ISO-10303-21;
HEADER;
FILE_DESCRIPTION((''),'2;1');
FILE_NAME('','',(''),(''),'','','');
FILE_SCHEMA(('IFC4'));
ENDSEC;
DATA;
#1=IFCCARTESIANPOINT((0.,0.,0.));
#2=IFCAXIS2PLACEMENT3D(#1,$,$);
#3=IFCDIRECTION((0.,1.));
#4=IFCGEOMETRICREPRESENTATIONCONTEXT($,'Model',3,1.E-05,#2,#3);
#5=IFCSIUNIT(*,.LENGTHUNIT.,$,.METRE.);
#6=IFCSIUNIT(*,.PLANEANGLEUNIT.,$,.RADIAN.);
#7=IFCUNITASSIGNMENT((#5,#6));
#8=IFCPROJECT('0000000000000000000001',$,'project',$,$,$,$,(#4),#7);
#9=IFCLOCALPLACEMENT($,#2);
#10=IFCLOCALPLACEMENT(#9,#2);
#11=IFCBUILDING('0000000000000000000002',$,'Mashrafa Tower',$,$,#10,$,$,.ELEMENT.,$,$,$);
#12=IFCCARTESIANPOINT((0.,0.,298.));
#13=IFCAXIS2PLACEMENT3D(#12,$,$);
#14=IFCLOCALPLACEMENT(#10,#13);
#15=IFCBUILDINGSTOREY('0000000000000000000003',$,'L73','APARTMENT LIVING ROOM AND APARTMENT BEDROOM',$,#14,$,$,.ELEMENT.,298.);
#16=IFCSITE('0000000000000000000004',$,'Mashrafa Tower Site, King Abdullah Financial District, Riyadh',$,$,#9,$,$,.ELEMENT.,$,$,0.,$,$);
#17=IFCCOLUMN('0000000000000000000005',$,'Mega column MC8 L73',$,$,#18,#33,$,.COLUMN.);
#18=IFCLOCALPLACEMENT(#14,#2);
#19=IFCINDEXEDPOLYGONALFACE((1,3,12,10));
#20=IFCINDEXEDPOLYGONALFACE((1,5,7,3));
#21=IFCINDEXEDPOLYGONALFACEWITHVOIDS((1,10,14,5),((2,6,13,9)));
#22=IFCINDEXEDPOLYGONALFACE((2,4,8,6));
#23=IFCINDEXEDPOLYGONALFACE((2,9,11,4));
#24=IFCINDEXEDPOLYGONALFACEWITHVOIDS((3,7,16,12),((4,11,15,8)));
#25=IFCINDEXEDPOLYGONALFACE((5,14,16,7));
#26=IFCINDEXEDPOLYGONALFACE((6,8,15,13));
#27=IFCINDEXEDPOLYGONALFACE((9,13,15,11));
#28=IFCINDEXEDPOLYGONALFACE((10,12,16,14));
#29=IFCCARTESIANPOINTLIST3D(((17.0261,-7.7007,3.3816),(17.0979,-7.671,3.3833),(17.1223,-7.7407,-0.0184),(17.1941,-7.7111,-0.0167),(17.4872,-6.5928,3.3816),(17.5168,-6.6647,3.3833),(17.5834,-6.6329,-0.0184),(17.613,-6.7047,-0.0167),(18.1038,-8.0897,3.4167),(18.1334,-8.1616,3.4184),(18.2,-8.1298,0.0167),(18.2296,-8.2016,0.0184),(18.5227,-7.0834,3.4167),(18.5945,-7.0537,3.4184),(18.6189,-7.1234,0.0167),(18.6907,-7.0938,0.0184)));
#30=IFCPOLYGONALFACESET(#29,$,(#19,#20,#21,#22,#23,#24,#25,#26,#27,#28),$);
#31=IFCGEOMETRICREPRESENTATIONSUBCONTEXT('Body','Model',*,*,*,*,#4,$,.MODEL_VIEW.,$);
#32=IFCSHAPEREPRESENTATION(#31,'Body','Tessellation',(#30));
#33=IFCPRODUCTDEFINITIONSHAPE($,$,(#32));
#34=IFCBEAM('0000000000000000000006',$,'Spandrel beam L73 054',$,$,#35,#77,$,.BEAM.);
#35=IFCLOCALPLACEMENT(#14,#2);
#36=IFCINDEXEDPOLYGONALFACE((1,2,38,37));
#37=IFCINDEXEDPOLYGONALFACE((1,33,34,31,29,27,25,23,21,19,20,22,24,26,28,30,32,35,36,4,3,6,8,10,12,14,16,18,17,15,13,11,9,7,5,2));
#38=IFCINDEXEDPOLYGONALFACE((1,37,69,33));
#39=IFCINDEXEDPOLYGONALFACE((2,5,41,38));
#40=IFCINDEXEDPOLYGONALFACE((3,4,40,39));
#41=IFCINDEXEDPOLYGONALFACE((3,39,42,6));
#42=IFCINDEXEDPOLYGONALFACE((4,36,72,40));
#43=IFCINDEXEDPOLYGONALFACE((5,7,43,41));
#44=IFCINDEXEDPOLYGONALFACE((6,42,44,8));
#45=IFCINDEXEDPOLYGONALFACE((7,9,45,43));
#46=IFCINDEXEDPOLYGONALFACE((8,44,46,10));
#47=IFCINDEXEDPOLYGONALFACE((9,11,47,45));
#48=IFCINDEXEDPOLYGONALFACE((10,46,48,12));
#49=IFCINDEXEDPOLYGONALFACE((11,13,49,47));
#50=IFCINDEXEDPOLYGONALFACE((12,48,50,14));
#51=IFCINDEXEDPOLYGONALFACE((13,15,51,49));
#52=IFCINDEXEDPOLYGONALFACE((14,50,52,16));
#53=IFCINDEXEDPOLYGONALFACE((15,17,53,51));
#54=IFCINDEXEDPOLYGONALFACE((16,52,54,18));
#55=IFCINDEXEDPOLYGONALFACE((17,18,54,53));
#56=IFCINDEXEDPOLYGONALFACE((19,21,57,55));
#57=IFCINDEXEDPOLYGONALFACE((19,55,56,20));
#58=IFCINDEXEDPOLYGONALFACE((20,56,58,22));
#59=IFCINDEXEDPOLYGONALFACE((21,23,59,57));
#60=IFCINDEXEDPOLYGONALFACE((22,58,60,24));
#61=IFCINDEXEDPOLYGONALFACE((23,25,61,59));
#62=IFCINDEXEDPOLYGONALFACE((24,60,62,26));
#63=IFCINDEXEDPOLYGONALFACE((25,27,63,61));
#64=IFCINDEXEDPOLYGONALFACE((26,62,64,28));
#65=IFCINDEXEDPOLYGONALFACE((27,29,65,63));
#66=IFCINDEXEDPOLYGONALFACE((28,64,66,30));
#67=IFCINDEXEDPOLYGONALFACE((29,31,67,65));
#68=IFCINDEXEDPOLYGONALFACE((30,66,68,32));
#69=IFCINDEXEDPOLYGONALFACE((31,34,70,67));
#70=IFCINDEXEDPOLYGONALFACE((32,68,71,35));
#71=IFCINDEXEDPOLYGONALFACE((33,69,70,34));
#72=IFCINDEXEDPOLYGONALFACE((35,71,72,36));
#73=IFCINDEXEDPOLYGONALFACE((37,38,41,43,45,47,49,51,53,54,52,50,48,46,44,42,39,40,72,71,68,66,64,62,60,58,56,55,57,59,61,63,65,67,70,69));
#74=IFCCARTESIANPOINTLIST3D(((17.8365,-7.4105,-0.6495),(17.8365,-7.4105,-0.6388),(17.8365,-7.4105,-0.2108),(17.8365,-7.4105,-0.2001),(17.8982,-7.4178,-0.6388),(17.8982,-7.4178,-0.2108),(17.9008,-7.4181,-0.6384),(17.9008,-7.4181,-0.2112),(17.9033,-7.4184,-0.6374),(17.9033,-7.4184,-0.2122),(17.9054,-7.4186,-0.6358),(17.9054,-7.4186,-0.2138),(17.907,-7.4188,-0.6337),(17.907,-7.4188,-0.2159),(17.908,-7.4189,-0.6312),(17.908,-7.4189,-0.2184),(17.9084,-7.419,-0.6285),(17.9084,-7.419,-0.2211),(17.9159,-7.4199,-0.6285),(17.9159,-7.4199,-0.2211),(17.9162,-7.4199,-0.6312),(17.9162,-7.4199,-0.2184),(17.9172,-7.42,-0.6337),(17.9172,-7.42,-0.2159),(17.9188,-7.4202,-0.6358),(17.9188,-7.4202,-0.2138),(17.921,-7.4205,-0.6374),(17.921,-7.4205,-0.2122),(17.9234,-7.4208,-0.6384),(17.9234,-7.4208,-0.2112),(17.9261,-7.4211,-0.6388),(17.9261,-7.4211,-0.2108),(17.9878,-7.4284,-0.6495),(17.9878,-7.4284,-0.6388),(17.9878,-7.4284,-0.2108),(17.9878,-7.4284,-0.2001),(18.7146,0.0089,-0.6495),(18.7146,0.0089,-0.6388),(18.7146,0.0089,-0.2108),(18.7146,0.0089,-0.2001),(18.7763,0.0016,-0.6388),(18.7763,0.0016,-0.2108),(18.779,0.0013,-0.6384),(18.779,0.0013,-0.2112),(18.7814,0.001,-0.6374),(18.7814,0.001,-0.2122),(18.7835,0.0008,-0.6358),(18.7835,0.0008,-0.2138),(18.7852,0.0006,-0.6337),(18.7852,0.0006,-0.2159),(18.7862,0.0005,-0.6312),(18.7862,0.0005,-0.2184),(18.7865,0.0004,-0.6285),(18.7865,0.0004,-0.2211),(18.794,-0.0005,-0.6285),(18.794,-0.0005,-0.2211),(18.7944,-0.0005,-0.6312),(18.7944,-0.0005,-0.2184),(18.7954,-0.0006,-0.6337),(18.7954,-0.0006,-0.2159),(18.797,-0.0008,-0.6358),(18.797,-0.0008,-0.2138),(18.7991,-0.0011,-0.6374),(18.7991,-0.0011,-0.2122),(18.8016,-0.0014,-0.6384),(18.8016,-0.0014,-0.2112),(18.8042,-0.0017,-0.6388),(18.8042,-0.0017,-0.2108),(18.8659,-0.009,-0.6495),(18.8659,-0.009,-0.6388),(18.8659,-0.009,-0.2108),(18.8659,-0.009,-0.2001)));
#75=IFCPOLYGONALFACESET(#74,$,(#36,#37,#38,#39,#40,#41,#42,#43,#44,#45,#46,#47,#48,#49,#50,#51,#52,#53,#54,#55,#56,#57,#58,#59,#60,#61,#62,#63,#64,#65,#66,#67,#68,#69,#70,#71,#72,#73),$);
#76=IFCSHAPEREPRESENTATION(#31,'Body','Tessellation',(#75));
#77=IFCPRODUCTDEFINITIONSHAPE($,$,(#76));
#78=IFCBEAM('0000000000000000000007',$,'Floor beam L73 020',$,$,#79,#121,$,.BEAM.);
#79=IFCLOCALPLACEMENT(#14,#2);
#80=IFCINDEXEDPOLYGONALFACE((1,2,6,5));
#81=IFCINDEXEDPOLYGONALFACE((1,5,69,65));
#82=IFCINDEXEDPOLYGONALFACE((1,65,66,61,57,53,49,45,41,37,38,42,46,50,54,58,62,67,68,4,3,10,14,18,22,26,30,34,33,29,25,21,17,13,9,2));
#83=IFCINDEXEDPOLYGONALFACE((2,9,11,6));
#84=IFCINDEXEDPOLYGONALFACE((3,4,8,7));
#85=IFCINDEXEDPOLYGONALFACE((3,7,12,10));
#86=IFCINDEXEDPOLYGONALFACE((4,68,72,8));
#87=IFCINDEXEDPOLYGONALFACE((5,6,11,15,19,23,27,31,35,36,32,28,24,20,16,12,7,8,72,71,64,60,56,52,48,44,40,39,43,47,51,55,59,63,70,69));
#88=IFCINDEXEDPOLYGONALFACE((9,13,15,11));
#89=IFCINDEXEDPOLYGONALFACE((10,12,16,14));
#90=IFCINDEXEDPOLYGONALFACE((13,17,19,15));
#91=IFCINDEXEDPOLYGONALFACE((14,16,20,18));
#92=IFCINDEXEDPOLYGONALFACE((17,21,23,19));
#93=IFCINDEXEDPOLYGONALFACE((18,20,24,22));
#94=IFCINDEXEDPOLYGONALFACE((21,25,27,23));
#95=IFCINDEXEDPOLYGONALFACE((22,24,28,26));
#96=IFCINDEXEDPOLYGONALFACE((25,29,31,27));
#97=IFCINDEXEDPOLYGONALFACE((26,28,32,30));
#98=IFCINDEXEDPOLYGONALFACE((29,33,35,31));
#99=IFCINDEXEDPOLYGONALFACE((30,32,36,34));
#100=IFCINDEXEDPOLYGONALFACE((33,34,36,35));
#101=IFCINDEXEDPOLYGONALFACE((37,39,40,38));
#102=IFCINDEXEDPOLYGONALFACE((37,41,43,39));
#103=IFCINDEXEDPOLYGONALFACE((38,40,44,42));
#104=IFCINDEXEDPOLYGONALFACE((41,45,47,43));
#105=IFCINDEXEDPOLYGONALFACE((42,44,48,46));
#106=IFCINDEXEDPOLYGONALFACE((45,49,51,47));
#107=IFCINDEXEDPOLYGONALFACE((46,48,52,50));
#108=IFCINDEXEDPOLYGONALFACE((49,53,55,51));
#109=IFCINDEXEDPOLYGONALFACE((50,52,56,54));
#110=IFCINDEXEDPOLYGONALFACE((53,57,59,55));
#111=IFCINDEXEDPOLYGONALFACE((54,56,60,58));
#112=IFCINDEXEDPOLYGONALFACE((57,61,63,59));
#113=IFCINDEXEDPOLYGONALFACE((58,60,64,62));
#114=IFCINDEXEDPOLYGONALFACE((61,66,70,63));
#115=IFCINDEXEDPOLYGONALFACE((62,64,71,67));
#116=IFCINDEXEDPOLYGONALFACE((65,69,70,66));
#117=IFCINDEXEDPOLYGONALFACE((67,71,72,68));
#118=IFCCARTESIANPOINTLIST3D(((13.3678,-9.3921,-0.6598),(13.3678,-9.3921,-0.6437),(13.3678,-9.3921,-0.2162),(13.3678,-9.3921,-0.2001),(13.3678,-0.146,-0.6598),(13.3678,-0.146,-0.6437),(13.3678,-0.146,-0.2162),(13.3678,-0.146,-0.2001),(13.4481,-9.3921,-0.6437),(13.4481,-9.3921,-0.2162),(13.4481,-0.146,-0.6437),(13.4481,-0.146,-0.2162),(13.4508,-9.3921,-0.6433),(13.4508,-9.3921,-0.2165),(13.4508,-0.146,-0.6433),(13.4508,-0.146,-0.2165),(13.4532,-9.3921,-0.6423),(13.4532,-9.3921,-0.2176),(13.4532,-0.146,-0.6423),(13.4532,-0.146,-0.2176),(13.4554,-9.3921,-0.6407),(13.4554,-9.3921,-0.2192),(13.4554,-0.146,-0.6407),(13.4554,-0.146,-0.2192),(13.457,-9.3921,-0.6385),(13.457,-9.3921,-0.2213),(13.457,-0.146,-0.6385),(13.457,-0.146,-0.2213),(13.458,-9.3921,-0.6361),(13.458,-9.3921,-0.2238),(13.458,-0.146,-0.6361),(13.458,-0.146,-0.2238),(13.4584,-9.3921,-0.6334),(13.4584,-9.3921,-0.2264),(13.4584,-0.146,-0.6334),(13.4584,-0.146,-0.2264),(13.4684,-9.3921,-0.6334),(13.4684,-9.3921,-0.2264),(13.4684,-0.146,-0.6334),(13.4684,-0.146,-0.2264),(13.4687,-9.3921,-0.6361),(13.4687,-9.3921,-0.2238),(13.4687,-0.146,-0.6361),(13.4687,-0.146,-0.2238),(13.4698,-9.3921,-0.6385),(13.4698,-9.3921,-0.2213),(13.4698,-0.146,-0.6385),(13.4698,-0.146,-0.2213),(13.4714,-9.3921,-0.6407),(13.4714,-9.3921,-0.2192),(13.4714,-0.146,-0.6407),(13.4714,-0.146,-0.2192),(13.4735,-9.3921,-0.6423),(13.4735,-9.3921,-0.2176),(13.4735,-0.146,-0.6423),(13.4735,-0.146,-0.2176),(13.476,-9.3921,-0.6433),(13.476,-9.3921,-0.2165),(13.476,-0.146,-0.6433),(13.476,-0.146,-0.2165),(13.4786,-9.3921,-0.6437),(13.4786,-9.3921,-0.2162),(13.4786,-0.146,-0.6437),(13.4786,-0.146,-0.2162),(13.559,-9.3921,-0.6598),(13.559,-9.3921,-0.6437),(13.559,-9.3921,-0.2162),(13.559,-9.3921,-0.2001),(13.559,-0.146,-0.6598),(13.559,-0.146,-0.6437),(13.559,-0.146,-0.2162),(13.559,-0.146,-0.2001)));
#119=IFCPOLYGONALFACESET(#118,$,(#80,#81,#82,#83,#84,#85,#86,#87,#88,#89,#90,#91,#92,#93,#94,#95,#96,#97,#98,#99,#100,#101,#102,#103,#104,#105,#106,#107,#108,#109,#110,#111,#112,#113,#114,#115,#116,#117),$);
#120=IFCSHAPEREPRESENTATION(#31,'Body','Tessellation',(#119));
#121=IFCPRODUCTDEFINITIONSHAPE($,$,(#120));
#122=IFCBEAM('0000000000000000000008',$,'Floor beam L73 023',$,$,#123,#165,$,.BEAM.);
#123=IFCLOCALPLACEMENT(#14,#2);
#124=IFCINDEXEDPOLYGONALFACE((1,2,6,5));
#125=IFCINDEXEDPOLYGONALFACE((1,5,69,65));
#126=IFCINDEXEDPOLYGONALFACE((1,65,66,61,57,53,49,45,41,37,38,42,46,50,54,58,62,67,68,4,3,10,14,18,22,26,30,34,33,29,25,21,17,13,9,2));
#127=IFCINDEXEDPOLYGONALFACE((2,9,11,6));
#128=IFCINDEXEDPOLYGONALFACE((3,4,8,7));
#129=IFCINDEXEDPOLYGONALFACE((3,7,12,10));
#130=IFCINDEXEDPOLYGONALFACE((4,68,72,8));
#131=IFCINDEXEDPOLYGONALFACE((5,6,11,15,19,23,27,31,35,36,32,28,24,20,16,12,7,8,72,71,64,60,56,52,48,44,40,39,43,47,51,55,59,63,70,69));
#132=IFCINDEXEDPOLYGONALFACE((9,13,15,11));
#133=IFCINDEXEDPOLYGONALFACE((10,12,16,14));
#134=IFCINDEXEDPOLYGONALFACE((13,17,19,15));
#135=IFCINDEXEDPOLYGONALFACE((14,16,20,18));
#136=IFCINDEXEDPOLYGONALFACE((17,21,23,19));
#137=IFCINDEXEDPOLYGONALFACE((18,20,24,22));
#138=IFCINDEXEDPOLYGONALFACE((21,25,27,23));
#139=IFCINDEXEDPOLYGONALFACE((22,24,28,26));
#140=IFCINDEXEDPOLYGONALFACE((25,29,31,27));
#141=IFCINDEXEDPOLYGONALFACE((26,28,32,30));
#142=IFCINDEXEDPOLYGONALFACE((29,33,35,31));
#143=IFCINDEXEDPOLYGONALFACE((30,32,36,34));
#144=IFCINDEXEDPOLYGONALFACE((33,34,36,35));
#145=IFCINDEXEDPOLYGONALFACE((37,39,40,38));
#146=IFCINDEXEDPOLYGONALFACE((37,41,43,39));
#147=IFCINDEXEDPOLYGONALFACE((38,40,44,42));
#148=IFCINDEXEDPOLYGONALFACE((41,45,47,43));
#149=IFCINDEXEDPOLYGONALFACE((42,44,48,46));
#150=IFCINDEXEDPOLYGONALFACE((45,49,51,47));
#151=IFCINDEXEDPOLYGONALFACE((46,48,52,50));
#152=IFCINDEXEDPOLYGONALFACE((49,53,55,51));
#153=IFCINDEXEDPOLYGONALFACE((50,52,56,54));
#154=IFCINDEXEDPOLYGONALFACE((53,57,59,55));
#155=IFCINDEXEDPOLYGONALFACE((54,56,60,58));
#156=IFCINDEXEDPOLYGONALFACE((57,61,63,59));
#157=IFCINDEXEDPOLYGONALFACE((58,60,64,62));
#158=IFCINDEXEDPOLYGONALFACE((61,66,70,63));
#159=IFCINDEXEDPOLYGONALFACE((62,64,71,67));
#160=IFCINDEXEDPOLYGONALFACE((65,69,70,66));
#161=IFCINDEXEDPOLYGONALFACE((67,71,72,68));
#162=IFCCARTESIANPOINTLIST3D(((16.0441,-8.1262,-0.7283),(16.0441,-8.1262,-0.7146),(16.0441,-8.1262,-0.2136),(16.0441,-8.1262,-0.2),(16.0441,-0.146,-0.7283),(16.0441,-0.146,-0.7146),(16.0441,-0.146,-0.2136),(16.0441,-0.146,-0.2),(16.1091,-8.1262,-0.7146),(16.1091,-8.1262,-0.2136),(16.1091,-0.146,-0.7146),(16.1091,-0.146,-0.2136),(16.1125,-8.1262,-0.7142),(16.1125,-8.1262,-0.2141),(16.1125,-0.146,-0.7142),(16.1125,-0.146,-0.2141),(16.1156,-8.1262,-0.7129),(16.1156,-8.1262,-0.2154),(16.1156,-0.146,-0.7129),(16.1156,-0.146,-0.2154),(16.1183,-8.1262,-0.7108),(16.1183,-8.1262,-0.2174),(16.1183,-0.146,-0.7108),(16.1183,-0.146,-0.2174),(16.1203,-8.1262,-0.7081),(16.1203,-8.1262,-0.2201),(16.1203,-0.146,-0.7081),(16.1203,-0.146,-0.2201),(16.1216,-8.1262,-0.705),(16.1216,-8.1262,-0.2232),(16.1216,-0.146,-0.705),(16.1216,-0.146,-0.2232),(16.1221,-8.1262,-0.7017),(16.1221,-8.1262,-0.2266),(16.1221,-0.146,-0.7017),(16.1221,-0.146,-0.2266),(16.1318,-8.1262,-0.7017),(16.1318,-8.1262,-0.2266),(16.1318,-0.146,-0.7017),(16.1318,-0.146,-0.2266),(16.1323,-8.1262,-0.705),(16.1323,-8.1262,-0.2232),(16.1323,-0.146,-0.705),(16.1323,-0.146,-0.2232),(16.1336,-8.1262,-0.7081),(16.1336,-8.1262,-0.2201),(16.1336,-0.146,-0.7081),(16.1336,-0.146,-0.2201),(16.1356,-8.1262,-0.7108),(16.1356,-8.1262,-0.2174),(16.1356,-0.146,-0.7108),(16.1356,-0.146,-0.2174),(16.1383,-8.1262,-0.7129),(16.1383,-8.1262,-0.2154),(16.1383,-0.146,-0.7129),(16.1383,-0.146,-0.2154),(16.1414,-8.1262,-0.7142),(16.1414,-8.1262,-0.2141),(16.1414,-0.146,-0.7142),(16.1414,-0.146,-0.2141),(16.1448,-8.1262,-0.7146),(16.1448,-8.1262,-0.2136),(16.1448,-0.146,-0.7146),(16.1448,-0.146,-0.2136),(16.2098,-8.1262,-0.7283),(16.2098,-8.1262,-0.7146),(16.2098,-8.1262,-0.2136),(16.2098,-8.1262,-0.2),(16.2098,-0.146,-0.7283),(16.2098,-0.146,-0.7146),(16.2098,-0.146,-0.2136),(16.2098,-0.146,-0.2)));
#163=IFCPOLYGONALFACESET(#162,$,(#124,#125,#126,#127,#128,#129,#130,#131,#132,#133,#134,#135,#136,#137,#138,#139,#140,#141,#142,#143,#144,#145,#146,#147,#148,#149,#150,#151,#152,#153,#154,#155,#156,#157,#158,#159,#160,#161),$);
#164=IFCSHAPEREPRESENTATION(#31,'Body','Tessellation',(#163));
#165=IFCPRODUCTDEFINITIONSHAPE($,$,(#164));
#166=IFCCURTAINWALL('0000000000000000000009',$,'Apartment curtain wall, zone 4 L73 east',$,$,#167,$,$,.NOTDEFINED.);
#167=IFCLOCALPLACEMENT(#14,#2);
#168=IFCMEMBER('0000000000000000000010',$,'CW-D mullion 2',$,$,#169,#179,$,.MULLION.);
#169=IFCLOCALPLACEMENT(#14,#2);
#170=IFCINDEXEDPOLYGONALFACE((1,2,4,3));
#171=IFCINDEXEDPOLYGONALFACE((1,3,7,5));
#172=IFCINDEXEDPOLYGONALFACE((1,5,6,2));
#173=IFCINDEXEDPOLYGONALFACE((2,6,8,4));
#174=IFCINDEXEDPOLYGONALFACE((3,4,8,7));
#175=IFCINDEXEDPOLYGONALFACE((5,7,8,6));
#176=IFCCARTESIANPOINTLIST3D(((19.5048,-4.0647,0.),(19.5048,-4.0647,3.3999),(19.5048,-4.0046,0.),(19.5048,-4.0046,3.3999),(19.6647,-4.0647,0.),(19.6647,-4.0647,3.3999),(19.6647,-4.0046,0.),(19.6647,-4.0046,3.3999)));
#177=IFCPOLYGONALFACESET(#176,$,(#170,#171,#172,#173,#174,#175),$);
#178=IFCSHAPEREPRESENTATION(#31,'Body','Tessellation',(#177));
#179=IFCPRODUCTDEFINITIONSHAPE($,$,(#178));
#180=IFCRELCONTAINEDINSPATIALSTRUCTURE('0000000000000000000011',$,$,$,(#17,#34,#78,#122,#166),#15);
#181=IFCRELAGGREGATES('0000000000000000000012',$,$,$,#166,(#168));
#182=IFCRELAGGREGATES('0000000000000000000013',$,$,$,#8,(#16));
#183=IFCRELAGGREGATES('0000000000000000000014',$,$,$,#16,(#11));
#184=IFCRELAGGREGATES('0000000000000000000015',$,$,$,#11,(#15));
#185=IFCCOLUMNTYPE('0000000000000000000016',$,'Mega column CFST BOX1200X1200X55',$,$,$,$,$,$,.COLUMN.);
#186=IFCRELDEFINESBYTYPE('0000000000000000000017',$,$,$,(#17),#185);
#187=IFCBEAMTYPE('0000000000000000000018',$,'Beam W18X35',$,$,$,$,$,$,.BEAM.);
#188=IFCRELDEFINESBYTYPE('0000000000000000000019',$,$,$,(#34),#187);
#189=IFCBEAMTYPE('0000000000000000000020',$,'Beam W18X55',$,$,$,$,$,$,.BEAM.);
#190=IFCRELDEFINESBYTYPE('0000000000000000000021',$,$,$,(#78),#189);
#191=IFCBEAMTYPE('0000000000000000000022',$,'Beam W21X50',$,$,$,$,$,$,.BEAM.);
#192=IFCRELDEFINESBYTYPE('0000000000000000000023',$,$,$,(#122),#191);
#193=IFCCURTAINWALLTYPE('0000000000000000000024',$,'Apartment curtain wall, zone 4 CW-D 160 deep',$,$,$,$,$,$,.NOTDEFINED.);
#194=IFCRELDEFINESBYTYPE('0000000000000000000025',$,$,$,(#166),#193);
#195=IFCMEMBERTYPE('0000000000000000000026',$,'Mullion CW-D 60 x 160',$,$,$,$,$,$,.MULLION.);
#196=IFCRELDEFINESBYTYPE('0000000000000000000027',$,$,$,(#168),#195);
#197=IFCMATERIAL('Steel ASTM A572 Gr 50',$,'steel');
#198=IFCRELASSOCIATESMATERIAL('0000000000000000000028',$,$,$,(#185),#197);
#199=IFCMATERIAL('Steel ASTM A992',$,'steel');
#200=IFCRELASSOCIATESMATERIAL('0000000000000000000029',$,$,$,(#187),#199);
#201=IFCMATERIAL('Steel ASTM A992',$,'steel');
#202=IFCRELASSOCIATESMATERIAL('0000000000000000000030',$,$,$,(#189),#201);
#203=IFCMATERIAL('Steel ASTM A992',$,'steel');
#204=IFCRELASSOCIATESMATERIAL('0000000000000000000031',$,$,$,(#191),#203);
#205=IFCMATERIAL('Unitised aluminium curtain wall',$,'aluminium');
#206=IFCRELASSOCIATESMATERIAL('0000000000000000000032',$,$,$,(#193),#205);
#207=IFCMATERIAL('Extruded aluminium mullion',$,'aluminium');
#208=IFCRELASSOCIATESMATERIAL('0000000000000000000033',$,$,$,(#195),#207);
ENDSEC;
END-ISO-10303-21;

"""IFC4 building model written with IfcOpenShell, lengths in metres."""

from ifc_helpers import new_model, si_unit, direction, frame, origin, origin_2d, place, context, subcontext, project, spatial, rectangle, hollow_rectangle, i_section, extrude, source, transform, mapped, material, material_profile, profile_set, type_object, type_shapes, element, aggregate, save


model = new_model("IFC4")

# Units and contexts
model_context = context("Model", 3, precision=1e-05, world=origin(), true_north=direction((0.0, 1.0)))
body_context = subcontext(model_context, "Body", "Model", "MODEL_VIEW")
ifc_project = project(units=[si_unit("LENGTHUNIT", "METRE"), si_unit("PLANEANGLEUNIT", "RADIAN")], contexts=[model_context])

# Site, building, storey
site_placement = place(None, origin())
site = spatial("IfcSite", under=ifc_project, at=site_placement, Name="Mashrafa Tower Site, King Abdullah Financial District, Riyadh", CompositionType="ELEMENT", RefElevation=0.0)
building_placement = place(site_placement, origin())
building = spatial("IfcBuilding", under=site, at=building_placement, Name="Mashrafa Tower", CompositionType="ELEMENT")
storey_placement = place(building_placement, frame((0.0, 0.0, 298.0)))
storey = spatial("IfcBuildingStorey", under=building, at=storey_placement, Name="L73", Description="APARTMENT LIVING ROOM AND APARTMENT BEDROOM", CompositionType="ELEMENT", Elevation=298.0)

# Column
ifc_material_1 = material(Name="Steel ASTM A572 Gr 50", Category="steel")
ifc_material_profile_1 = material_profile(ifc_material_1, hollow_rectangle(XDim=1.2, YDim=1.2, WallThickness=0.0549, at=origin_2d()), Name="BOX1200X1200X55")
ifc_profile_set_1 = profile_set([ifc_material_profile_1], Name="Steel ASTM A572 Gr 50")
column_type = type_object("IfcColumnType", Name="Mega column CFST BOX1200X1200X55", PredefinedType="COLUMN", material=ifc_profile_set_1)
column_placement = place(storey_placement, frame((17.9065, -7.4172, 0.0), z_axis=(-0.028279, 0.011771, 0.999531), x_axis=(-0.384283, -0.923216, 0.0)))
element("IfcColumn", 1, at=column_placement, inside=storey, type_object=column_type, Name="Mega column MC8 L73", PredefinedType="COLUMN", context=body_context, shape_type="SweptSolid", body=[
    extrude(hollow_rectangle(XDim=1.2, YDim=1.2, WallThickness=0.0549, at=origin_2d()), origin(), (0.0, 0.0, 1.0), 3.4016),
])

# Beams
ifc_material_2 = material(Name="Steel ASTM A992", Category="steel")
ifc_material_profile_2 = material_profile(ifc_material_2, i_section(OverallWidth=0.1523, OverallDepth=0.4495, WebThickness=0.0076, FlangeThickness=0.0107, FilletRadius=0.0103, at=origin_2d()), Name="W18X35")
ifc_profile_set_2 = profile_set([ifc_material_profile_2], Name="Steel ASTM A992")
beam_type_1 = type_object("IfcBeamType", Name="Beam W18X35", PredefinedType="BEAM", material=ifc_profile_set_2)
beam_1_placement = place(storey_placement, frame((17.9121, -7.4194, -0.4248), z_axis=(0.117541, 0.993068, 0.0), x_axis=(-0.993068, 0.117541, 0.0)))
element("IfcBeam", 2, at=beam_1_placement, inside=storey, type_object=beam_type_1, Name="Spandrel beam L73 054", PredefinedType="BEAM", context=body_context, shape_type="SweptSolid", body=[
    extrude(i_section(OverallWidth=0.1523, OverallDepth=0.4495, WebThickness=0.0076, FlangeThickness=0.0107, FilletRadius=0.0103, at=origin_2d()), origin(), (0.0, 0.0, 1.0), 7.4712),
])
ifc_material_3 = material(Name="Steel ASTM A992", Category="steel")
ifc_material_profile_3 = material_profile(ifc_material_3, i_section(OverallWidth=0.1912, OverallDepth=0.4597, WebThickness=0.01, FlangeThickness=0.0161, FilletRadius=0.0103, at=origin_2d()), Name="W18X55")
ifc_profile_set_3 = profile_set([ifc_material_profile_3], Name="Steel ASTM A992")
beam_type_2 = type_object("IfcBeamType", Name="Beam W18X55", PredefinedType="BEAM", material=ifc_profile_set_3)
beam_2_placement = place(storey_placement, frame((13.4634, -0.146, -0.4299), z_axis=(0.0, -1.0, 0.0), x_axis=(1.0, 0.0, 0.0)))
element("IfcBeam", 3, at=beam_2_placement, inside=storey, type_object=beam_type_2, Name="Floor beam L73 020", PredefinedType="BEAM", context=body_context, shape_type="SweptSolid", body=[
    extrude(i_section(OverallWidth=0.1912, OverallDepth=0.4597, WebThickness=0.01, FlangeThickness=0.0161, FilletRadius=0.0103, at=origin_2d()), origin(), (0.0, 0.0, 1.0), 9.2461),
])
ifc_material_4 = material(Name="Steel ASTM A992", Category="steel")
ifc_material_profile_4 = material_profile(ifc_material_4, i_section(OverallWidth=0.1658, OverallDepth=0.5283, WebThickness=0.0098, FlangeThickness=0.0137, FilletRadius=0.0129, at=origin_2d()), Name="W21X50")
ifc_profile_set_4 = profile_set([ifc_material_profile_4], Name="Steel ASTM A992")
beam_type_3 = type_object("IfcBeamType", Name="Beam W21X50", PredefinedType="BEAM", material=ifc_profile_set_4)
beam_3_placement = place(storey_placement, frame((16.127, -0.146, -0.4641), z_axis=(0.0, -1.0, 0.0), x_axis=(1.0, 0.0, 0.0)))
element("IfcBeam", 4, at=beam_3_placement, inside=storey, type_object=beam_type_3, Name="Floor beam L73 023", PredefinedType="BEAM", context=body_context, shape_type="SweptSolid", body=[
    extrude(i_section(OverallWidth=0.1658, OverallDepth=0.5283, WebThickness=0.0098, FlangeThickness=0.0137, FilletRadius=0.0129, at=origin_2d()), origin(), (0.0, 0.0, 1.0), 7.9802),
])

# Curtain wall, member
ifc_material_5 = material(Name="Unitised aluminium curtain wall", Category="aluminium")
curtain_wall_type = type_object("IfcCurtainWallType", Name="Apartment curtain wall, zone 4 CW-D 160 deep", PredefinedType="NOTDEFINED", material=ifc_material_5)
curtain_wall_placement = place(storey_placement, origin())
curtain_wall = element("IfcCurtainWall", 5, at=curtain_wall_placement, inside=storey, type_object=curtain_wall_type, Name="Apartment curtain wall, zone 4 L73 east", PredefinedType="NOTDEFINED")
ifc_material_6 = material(Name="Extruded aluminium mullion", Category="aluminium")
ifc_material_profile_5 = material_profile(ifc_material_6, rectangle(XDim=0.1599, YDim=0.0601, at=origin_2d()), Name="Mullion 60x160")
ifc_profile_set_5 = profile_set([ifc_material_profile_5], Name="Extruded aluminium mullion")
member_type_1 = type_object("IfcMemberType", Name="Mullion CW-D 60 x 160", PredefinedType="MULLION", material=ifc_profile_set_5)
shared_shape_1 = source(origin(), body_context, "Body", "SweptSolid", [
    extrude(rectangle(XDim=0.1599, YDim=0.0601, at=origin_2d()), origin(), (0.0, 0.0, 1.0), 3.3999),
])
type_shapes(member_type_1, [shared_shape_1])
member_1_placement = place(storey_placement, frame((19.5847, -4.0347, 0.0), z_axis=(0.0, 0.0, 1.0), x_axis=(-1.0, 0.0, 0.0)))
member_1 = element("IfcMember", 6, at=member_1_placement, type_object=member_type_1, Name="CW-D mullion 2", PredefinedType="MULLION", context=body_context, shape_type="MappedRepresentation", body=[
    mapped(shared_shape_1, transform((0.0, 0.0, 0.0))),
])
aggregate(curtain_wall, [member_1])

save(model, "model.ifc")
